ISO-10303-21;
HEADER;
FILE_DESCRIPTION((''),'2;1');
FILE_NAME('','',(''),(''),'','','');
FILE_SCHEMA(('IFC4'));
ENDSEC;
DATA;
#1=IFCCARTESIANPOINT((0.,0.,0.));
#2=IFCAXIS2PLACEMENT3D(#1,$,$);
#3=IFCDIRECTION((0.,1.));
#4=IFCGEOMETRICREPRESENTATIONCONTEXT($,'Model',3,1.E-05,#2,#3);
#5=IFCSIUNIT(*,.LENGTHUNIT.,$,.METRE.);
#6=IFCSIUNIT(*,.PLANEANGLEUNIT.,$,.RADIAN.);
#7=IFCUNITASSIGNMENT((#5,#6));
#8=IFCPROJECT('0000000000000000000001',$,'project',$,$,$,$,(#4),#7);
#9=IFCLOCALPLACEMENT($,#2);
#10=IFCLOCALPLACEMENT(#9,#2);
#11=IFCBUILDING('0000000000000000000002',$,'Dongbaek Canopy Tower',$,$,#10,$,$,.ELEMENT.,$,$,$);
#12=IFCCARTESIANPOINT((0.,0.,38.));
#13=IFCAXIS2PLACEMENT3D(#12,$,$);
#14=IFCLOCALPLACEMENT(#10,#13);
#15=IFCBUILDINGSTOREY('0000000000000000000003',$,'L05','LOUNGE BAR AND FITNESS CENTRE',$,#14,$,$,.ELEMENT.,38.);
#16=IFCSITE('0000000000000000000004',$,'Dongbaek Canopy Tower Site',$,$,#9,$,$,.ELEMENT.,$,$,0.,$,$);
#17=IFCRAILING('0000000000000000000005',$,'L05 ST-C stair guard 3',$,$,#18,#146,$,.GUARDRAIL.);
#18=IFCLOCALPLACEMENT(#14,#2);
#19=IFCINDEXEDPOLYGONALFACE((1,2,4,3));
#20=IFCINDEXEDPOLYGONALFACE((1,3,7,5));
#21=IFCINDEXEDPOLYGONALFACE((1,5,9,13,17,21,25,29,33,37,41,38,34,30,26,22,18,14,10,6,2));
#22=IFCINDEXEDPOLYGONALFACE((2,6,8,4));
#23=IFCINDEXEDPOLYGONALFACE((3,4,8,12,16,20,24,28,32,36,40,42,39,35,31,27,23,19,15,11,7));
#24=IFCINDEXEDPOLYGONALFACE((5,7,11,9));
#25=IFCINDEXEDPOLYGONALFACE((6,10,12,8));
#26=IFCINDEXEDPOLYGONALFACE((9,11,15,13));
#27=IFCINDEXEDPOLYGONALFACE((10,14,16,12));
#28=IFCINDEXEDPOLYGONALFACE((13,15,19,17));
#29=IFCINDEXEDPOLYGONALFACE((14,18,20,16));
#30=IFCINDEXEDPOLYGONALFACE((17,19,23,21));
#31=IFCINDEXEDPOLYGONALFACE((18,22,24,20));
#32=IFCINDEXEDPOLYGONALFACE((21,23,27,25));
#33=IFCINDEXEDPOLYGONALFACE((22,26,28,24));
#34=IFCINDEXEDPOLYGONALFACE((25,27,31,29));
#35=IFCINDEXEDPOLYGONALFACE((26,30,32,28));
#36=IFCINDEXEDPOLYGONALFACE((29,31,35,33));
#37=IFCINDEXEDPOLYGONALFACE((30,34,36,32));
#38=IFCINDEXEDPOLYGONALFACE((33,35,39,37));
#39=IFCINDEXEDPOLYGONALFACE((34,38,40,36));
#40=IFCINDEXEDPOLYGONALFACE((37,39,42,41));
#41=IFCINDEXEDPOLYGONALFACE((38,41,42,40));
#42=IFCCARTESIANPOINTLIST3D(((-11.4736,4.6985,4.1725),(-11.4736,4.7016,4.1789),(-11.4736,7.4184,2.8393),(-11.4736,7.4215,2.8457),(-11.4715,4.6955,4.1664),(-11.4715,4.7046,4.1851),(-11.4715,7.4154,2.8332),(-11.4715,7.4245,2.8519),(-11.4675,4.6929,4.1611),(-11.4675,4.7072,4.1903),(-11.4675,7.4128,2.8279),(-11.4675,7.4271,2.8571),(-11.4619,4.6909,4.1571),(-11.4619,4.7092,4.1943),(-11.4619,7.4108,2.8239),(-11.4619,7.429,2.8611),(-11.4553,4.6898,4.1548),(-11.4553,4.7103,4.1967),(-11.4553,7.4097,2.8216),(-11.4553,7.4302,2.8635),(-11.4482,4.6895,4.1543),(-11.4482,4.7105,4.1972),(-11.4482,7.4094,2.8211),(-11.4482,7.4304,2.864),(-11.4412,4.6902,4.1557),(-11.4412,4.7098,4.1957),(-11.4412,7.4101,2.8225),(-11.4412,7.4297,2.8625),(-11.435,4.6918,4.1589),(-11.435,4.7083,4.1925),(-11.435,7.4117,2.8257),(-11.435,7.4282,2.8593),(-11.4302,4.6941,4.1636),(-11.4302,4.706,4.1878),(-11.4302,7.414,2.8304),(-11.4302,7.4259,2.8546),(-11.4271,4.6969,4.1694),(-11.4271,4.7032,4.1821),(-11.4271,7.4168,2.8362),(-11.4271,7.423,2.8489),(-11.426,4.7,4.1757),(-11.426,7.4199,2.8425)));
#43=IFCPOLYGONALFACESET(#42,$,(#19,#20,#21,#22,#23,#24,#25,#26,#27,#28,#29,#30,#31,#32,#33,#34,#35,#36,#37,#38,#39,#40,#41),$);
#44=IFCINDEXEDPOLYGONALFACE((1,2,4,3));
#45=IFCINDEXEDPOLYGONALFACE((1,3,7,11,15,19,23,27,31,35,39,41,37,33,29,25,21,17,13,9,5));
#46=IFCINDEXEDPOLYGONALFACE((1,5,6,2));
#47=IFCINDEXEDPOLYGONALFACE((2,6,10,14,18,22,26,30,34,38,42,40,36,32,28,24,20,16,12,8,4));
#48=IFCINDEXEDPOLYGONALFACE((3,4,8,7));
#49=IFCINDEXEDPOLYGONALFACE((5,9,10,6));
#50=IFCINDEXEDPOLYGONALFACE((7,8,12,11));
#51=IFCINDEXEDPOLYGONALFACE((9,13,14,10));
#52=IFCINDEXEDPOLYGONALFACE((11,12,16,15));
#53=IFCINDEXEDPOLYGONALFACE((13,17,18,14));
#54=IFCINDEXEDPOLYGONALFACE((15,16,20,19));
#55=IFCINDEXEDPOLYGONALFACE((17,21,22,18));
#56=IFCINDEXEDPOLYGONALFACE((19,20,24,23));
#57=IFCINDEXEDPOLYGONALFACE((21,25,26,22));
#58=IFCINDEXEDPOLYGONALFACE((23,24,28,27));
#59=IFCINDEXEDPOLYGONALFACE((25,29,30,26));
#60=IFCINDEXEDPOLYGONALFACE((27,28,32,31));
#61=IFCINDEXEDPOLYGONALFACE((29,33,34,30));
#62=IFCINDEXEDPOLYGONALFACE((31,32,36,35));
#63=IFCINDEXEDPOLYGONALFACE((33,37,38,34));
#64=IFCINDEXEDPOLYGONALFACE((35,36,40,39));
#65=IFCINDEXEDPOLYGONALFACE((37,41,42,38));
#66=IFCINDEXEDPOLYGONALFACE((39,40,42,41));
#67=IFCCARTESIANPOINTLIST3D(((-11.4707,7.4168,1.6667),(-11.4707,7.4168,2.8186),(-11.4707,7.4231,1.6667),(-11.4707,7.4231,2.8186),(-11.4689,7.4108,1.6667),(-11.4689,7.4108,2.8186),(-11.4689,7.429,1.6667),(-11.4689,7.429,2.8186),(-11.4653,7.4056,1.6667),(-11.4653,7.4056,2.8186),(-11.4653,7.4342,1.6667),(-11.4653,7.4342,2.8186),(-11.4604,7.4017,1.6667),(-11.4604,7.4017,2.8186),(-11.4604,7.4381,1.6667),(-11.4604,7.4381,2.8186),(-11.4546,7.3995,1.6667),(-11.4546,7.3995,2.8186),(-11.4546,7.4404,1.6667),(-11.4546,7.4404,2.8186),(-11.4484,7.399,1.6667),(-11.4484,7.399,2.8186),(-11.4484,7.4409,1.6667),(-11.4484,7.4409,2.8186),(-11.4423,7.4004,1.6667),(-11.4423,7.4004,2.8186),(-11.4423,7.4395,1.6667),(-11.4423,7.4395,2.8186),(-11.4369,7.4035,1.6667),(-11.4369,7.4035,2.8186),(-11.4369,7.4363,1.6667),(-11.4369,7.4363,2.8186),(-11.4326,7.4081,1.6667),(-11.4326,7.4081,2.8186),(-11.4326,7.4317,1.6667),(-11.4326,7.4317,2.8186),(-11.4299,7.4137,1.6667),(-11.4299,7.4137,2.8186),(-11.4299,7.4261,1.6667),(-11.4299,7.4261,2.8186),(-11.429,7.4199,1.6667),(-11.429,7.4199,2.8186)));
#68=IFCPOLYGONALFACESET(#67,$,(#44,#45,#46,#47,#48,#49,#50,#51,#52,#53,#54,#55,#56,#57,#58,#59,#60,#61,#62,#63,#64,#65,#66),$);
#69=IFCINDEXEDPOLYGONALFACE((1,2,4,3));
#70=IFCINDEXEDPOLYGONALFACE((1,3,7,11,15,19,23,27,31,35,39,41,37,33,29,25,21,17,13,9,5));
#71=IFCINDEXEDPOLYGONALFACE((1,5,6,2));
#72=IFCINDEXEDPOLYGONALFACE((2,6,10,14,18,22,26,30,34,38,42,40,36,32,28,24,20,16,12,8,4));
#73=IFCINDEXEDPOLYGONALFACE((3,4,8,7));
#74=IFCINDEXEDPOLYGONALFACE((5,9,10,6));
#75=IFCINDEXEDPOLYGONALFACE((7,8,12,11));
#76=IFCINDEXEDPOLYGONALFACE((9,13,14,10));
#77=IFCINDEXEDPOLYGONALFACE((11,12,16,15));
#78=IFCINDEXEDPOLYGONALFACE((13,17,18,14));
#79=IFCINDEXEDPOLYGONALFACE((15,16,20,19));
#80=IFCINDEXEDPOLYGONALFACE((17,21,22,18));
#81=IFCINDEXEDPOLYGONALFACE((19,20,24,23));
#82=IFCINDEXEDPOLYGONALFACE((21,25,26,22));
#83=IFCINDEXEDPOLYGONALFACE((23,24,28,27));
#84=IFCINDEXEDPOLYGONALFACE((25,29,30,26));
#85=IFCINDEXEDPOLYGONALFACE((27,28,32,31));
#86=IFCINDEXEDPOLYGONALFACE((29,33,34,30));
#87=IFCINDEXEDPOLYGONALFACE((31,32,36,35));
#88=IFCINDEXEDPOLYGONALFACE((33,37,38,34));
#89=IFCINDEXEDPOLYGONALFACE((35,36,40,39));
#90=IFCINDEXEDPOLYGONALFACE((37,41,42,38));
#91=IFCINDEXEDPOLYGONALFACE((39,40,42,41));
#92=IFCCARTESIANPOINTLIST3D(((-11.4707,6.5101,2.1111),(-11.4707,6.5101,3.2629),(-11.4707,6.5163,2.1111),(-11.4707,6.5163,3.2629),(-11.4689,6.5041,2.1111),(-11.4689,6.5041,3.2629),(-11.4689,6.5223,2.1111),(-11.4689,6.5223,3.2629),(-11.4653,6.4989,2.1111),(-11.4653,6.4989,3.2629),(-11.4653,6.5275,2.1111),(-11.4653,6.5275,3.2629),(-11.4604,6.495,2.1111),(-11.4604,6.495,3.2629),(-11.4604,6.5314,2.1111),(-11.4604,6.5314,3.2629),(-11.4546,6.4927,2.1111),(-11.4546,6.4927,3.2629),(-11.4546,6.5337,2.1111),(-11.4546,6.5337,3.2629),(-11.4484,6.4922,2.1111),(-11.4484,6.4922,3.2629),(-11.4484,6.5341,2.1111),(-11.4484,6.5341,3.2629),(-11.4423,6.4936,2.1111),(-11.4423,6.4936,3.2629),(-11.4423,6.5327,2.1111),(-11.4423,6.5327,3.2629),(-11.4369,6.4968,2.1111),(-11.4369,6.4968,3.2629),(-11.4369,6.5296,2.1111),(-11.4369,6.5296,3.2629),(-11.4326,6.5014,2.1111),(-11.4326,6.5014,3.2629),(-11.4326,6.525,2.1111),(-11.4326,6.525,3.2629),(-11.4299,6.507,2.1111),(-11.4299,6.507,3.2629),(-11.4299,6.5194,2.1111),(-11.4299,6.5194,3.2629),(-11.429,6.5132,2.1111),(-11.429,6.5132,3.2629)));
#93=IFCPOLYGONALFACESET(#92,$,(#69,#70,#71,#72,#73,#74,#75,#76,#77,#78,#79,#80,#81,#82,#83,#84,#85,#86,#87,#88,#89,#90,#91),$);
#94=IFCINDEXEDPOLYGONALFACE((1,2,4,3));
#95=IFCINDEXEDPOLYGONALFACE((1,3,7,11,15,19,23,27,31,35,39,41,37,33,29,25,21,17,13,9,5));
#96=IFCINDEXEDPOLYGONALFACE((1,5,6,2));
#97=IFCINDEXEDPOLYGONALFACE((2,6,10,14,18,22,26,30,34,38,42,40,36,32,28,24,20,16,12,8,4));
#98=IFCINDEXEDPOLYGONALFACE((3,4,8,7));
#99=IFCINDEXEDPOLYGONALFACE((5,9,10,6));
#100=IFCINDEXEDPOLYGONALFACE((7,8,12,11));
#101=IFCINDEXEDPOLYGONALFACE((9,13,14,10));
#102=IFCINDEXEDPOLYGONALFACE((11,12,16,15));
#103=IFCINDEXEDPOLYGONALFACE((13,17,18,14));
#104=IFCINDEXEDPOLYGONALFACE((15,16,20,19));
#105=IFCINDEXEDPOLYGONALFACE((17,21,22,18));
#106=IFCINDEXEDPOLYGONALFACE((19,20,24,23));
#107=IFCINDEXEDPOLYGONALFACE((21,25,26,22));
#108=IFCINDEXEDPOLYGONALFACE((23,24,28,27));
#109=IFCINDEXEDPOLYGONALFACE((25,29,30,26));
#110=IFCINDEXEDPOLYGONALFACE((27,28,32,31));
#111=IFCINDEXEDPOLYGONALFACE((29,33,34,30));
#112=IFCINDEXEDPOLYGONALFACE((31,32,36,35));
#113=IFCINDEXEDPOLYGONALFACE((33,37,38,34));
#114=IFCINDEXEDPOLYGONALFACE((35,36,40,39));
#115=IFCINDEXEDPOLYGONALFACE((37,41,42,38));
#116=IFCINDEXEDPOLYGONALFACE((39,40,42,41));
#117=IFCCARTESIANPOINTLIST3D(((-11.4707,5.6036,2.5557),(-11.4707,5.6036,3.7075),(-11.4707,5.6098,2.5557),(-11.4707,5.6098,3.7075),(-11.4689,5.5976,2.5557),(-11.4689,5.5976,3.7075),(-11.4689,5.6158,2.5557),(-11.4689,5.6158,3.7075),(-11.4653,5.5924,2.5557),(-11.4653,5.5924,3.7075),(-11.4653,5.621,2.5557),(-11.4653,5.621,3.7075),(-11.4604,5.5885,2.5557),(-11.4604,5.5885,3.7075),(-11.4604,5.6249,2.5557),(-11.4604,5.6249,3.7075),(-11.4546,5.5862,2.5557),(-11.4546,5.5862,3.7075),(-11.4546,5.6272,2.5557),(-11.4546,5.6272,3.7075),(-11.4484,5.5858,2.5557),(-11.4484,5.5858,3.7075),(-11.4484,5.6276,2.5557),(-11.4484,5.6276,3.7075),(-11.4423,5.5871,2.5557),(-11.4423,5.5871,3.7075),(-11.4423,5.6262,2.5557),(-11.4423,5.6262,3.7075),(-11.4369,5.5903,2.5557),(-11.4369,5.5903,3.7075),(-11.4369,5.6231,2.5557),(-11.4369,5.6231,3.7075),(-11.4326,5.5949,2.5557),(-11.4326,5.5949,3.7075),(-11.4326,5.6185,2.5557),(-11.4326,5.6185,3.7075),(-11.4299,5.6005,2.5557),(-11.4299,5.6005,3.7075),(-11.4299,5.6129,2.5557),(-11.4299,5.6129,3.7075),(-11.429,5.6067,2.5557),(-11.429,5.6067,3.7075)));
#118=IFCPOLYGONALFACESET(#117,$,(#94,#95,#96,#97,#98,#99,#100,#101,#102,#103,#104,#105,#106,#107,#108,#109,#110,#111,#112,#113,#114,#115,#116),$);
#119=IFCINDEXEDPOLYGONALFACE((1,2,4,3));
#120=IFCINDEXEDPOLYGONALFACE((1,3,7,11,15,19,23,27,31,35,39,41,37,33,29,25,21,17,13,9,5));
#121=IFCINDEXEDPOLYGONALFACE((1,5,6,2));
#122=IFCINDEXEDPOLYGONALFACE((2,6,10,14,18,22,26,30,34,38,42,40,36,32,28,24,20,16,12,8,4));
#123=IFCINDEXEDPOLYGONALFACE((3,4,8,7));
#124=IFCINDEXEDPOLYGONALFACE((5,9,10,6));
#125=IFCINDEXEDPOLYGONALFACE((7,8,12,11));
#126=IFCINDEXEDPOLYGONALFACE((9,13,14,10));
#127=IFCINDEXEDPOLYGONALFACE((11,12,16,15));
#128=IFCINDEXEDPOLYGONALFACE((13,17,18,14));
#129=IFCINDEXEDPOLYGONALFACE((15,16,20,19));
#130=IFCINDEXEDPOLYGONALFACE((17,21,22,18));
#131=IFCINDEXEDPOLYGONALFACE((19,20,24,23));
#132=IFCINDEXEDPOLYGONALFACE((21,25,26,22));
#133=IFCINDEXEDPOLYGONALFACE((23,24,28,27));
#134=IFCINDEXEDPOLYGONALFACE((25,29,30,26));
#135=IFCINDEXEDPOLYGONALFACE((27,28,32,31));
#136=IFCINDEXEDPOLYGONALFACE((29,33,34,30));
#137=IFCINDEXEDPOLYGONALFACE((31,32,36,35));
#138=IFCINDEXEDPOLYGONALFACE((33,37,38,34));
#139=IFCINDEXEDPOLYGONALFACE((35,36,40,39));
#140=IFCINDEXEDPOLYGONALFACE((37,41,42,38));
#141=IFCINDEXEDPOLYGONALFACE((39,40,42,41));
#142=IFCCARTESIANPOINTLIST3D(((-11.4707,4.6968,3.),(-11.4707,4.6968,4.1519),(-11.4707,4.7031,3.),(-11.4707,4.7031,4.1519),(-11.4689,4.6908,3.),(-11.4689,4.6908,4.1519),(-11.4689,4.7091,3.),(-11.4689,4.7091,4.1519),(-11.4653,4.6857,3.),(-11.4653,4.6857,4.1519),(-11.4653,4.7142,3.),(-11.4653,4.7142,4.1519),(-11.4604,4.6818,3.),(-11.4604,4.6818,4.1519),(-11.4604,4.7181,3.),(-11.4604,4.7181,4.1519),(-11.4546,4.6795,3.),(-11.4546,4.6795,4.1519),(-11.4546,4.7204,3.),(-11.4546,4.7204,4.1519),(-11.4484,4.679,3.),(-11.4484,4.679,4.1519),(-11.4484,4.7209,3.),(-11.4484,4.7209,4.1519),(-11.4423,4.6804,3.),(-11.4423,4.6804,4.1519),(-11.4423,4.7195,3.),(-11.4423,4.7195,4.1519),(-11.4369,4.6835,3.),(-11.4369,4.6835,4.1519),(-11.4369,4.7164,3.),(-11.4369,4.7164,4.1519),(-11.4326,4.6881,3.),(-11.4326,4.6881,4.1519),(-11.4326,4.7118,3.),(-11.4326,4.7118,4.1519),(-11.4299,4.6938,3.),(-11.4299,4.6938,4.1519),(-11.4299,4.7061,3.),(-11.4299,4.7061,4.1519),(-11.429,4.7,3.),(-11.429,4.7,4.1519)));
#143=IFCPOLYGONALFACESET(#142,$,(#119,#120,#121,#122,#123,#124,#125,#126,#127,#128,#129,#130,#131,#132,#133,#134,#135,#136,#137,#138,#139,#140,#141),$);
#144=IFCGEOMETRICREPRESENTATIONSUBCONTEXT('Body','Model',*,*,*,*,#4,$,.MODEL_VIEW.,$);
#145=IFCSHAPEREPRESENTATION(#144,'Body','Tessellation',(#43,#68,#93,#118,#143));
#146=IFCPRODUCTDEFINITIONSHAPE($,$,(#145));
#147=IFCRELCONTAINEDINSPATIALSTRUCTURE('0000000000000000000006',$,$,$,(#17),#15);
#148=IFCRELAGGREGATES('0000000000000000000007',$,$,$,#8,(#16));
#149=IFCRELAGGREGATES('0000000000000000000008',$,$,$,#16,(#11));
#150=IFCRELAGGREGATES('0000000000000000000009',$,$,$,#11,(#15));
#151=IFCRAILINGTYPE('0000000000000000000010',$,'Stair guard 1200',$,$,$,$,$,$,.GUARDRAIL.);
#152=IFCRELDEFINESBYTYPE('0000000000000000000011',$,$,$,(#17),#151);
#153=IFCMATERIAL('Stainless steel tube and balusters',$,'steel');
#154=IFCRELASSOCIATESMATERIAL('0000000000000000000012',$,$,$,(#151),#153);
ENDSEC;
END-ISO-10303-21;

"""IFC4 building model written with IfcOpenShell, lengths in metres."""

from ifc_helpers import new_model, si_unit, direction, frame, origin, origin_2d, place, context, subcontext, project, spatial, circle, extrude, material, type_object, element, save


model = new_model("IFC4")

# Units and contexts
model_context = context("Model", 3, precision=1e-05, world=origin(), true_north=direction((0.0, 1.0)))
body_context = subcontext(model_context, "Body", "Model", "MODEL_VIEW")
ifc_project = project(units=[si_unit("LENGTHUNIT", "METRE"), si_unit("PLANEANGLEUNIT", "RADIAN")], contexts=[model_context])

# Site, building, storey
site_placement = place(None, origin())
site = spatial("IfcSite", under=ifc_project, at=site_placement, Name="Dongbaek Canopy Tower Site", CompositionType="ELEMENT", RefElevation=0.0)
building_placement = place(site_placement, origin())
building = spatial("IfcBuilding", under=site, at=building_placement, Name="Dongbaek Canopy Tower", CompositionType="ELEMENT")
storey_placement = place(building_placement, frame((0.0, 0.0, 38.0)))
storey = spatial("IfcBuildingStorey", under=building, at=storey_placement, Name="L05", Description="LOUNGE BAR AND FITNESS CENTRE", CompositionType="ELEMENT", Elevation=38.0)

# Railing
ifc_material_1 = material(Name="Stainless steel tube and balusters", Category="steel")
railing_type_1 = type_object("IfcRailingType", Name="Stair guard 1200", PredefinedType="GUARDRAIL", material=ifc_material_1)
railing_1_placement = place(storey_placement, frame((-11.45, 7.4199, 1.6667)))
element("IfcRailing", 1, at=railing_1_placement, inside=storey, type_object=railing_type_1, Name="L05 ST-C stair guard 3", PredefinedType="GUARDRAIL", context=body_context, shape_type="SweptSolid", body=[
    extrude(circle(Radius=0.0239, at=origin_2d()), frame((0.0, 0.0, 1.1758), z_axis=(0.0, -0.897929, 0.440139), x_axis=(1.0, 0.0, 0.0)), (0.0, 0.0, 1.0), 3.0291),
    extrude(circle(Radius=0.021, at=origin_2d()), origin(), (0.0, 0.0, 1.0), 1.1519),
    extrude(circle(Radius=0.021, at=origin_2d()), frame((0.0, -0.9067, 0.4443)), (0.0, 0.0, 1.0), 1.1519),
    extrude(circle(Radius=0.021, at=origin_2d()), frame((0.0, -1.8132, 0.8889)), (0.0, 0.0, 1.0), 1.1519),
    extrude(circle(Radius=0.021, at=origin_2d()), frame((0.0, -2.72, 1.3333)), (0.0, 0.0, 1.0), 1.1519),
])

save(model, "model.ifc")
